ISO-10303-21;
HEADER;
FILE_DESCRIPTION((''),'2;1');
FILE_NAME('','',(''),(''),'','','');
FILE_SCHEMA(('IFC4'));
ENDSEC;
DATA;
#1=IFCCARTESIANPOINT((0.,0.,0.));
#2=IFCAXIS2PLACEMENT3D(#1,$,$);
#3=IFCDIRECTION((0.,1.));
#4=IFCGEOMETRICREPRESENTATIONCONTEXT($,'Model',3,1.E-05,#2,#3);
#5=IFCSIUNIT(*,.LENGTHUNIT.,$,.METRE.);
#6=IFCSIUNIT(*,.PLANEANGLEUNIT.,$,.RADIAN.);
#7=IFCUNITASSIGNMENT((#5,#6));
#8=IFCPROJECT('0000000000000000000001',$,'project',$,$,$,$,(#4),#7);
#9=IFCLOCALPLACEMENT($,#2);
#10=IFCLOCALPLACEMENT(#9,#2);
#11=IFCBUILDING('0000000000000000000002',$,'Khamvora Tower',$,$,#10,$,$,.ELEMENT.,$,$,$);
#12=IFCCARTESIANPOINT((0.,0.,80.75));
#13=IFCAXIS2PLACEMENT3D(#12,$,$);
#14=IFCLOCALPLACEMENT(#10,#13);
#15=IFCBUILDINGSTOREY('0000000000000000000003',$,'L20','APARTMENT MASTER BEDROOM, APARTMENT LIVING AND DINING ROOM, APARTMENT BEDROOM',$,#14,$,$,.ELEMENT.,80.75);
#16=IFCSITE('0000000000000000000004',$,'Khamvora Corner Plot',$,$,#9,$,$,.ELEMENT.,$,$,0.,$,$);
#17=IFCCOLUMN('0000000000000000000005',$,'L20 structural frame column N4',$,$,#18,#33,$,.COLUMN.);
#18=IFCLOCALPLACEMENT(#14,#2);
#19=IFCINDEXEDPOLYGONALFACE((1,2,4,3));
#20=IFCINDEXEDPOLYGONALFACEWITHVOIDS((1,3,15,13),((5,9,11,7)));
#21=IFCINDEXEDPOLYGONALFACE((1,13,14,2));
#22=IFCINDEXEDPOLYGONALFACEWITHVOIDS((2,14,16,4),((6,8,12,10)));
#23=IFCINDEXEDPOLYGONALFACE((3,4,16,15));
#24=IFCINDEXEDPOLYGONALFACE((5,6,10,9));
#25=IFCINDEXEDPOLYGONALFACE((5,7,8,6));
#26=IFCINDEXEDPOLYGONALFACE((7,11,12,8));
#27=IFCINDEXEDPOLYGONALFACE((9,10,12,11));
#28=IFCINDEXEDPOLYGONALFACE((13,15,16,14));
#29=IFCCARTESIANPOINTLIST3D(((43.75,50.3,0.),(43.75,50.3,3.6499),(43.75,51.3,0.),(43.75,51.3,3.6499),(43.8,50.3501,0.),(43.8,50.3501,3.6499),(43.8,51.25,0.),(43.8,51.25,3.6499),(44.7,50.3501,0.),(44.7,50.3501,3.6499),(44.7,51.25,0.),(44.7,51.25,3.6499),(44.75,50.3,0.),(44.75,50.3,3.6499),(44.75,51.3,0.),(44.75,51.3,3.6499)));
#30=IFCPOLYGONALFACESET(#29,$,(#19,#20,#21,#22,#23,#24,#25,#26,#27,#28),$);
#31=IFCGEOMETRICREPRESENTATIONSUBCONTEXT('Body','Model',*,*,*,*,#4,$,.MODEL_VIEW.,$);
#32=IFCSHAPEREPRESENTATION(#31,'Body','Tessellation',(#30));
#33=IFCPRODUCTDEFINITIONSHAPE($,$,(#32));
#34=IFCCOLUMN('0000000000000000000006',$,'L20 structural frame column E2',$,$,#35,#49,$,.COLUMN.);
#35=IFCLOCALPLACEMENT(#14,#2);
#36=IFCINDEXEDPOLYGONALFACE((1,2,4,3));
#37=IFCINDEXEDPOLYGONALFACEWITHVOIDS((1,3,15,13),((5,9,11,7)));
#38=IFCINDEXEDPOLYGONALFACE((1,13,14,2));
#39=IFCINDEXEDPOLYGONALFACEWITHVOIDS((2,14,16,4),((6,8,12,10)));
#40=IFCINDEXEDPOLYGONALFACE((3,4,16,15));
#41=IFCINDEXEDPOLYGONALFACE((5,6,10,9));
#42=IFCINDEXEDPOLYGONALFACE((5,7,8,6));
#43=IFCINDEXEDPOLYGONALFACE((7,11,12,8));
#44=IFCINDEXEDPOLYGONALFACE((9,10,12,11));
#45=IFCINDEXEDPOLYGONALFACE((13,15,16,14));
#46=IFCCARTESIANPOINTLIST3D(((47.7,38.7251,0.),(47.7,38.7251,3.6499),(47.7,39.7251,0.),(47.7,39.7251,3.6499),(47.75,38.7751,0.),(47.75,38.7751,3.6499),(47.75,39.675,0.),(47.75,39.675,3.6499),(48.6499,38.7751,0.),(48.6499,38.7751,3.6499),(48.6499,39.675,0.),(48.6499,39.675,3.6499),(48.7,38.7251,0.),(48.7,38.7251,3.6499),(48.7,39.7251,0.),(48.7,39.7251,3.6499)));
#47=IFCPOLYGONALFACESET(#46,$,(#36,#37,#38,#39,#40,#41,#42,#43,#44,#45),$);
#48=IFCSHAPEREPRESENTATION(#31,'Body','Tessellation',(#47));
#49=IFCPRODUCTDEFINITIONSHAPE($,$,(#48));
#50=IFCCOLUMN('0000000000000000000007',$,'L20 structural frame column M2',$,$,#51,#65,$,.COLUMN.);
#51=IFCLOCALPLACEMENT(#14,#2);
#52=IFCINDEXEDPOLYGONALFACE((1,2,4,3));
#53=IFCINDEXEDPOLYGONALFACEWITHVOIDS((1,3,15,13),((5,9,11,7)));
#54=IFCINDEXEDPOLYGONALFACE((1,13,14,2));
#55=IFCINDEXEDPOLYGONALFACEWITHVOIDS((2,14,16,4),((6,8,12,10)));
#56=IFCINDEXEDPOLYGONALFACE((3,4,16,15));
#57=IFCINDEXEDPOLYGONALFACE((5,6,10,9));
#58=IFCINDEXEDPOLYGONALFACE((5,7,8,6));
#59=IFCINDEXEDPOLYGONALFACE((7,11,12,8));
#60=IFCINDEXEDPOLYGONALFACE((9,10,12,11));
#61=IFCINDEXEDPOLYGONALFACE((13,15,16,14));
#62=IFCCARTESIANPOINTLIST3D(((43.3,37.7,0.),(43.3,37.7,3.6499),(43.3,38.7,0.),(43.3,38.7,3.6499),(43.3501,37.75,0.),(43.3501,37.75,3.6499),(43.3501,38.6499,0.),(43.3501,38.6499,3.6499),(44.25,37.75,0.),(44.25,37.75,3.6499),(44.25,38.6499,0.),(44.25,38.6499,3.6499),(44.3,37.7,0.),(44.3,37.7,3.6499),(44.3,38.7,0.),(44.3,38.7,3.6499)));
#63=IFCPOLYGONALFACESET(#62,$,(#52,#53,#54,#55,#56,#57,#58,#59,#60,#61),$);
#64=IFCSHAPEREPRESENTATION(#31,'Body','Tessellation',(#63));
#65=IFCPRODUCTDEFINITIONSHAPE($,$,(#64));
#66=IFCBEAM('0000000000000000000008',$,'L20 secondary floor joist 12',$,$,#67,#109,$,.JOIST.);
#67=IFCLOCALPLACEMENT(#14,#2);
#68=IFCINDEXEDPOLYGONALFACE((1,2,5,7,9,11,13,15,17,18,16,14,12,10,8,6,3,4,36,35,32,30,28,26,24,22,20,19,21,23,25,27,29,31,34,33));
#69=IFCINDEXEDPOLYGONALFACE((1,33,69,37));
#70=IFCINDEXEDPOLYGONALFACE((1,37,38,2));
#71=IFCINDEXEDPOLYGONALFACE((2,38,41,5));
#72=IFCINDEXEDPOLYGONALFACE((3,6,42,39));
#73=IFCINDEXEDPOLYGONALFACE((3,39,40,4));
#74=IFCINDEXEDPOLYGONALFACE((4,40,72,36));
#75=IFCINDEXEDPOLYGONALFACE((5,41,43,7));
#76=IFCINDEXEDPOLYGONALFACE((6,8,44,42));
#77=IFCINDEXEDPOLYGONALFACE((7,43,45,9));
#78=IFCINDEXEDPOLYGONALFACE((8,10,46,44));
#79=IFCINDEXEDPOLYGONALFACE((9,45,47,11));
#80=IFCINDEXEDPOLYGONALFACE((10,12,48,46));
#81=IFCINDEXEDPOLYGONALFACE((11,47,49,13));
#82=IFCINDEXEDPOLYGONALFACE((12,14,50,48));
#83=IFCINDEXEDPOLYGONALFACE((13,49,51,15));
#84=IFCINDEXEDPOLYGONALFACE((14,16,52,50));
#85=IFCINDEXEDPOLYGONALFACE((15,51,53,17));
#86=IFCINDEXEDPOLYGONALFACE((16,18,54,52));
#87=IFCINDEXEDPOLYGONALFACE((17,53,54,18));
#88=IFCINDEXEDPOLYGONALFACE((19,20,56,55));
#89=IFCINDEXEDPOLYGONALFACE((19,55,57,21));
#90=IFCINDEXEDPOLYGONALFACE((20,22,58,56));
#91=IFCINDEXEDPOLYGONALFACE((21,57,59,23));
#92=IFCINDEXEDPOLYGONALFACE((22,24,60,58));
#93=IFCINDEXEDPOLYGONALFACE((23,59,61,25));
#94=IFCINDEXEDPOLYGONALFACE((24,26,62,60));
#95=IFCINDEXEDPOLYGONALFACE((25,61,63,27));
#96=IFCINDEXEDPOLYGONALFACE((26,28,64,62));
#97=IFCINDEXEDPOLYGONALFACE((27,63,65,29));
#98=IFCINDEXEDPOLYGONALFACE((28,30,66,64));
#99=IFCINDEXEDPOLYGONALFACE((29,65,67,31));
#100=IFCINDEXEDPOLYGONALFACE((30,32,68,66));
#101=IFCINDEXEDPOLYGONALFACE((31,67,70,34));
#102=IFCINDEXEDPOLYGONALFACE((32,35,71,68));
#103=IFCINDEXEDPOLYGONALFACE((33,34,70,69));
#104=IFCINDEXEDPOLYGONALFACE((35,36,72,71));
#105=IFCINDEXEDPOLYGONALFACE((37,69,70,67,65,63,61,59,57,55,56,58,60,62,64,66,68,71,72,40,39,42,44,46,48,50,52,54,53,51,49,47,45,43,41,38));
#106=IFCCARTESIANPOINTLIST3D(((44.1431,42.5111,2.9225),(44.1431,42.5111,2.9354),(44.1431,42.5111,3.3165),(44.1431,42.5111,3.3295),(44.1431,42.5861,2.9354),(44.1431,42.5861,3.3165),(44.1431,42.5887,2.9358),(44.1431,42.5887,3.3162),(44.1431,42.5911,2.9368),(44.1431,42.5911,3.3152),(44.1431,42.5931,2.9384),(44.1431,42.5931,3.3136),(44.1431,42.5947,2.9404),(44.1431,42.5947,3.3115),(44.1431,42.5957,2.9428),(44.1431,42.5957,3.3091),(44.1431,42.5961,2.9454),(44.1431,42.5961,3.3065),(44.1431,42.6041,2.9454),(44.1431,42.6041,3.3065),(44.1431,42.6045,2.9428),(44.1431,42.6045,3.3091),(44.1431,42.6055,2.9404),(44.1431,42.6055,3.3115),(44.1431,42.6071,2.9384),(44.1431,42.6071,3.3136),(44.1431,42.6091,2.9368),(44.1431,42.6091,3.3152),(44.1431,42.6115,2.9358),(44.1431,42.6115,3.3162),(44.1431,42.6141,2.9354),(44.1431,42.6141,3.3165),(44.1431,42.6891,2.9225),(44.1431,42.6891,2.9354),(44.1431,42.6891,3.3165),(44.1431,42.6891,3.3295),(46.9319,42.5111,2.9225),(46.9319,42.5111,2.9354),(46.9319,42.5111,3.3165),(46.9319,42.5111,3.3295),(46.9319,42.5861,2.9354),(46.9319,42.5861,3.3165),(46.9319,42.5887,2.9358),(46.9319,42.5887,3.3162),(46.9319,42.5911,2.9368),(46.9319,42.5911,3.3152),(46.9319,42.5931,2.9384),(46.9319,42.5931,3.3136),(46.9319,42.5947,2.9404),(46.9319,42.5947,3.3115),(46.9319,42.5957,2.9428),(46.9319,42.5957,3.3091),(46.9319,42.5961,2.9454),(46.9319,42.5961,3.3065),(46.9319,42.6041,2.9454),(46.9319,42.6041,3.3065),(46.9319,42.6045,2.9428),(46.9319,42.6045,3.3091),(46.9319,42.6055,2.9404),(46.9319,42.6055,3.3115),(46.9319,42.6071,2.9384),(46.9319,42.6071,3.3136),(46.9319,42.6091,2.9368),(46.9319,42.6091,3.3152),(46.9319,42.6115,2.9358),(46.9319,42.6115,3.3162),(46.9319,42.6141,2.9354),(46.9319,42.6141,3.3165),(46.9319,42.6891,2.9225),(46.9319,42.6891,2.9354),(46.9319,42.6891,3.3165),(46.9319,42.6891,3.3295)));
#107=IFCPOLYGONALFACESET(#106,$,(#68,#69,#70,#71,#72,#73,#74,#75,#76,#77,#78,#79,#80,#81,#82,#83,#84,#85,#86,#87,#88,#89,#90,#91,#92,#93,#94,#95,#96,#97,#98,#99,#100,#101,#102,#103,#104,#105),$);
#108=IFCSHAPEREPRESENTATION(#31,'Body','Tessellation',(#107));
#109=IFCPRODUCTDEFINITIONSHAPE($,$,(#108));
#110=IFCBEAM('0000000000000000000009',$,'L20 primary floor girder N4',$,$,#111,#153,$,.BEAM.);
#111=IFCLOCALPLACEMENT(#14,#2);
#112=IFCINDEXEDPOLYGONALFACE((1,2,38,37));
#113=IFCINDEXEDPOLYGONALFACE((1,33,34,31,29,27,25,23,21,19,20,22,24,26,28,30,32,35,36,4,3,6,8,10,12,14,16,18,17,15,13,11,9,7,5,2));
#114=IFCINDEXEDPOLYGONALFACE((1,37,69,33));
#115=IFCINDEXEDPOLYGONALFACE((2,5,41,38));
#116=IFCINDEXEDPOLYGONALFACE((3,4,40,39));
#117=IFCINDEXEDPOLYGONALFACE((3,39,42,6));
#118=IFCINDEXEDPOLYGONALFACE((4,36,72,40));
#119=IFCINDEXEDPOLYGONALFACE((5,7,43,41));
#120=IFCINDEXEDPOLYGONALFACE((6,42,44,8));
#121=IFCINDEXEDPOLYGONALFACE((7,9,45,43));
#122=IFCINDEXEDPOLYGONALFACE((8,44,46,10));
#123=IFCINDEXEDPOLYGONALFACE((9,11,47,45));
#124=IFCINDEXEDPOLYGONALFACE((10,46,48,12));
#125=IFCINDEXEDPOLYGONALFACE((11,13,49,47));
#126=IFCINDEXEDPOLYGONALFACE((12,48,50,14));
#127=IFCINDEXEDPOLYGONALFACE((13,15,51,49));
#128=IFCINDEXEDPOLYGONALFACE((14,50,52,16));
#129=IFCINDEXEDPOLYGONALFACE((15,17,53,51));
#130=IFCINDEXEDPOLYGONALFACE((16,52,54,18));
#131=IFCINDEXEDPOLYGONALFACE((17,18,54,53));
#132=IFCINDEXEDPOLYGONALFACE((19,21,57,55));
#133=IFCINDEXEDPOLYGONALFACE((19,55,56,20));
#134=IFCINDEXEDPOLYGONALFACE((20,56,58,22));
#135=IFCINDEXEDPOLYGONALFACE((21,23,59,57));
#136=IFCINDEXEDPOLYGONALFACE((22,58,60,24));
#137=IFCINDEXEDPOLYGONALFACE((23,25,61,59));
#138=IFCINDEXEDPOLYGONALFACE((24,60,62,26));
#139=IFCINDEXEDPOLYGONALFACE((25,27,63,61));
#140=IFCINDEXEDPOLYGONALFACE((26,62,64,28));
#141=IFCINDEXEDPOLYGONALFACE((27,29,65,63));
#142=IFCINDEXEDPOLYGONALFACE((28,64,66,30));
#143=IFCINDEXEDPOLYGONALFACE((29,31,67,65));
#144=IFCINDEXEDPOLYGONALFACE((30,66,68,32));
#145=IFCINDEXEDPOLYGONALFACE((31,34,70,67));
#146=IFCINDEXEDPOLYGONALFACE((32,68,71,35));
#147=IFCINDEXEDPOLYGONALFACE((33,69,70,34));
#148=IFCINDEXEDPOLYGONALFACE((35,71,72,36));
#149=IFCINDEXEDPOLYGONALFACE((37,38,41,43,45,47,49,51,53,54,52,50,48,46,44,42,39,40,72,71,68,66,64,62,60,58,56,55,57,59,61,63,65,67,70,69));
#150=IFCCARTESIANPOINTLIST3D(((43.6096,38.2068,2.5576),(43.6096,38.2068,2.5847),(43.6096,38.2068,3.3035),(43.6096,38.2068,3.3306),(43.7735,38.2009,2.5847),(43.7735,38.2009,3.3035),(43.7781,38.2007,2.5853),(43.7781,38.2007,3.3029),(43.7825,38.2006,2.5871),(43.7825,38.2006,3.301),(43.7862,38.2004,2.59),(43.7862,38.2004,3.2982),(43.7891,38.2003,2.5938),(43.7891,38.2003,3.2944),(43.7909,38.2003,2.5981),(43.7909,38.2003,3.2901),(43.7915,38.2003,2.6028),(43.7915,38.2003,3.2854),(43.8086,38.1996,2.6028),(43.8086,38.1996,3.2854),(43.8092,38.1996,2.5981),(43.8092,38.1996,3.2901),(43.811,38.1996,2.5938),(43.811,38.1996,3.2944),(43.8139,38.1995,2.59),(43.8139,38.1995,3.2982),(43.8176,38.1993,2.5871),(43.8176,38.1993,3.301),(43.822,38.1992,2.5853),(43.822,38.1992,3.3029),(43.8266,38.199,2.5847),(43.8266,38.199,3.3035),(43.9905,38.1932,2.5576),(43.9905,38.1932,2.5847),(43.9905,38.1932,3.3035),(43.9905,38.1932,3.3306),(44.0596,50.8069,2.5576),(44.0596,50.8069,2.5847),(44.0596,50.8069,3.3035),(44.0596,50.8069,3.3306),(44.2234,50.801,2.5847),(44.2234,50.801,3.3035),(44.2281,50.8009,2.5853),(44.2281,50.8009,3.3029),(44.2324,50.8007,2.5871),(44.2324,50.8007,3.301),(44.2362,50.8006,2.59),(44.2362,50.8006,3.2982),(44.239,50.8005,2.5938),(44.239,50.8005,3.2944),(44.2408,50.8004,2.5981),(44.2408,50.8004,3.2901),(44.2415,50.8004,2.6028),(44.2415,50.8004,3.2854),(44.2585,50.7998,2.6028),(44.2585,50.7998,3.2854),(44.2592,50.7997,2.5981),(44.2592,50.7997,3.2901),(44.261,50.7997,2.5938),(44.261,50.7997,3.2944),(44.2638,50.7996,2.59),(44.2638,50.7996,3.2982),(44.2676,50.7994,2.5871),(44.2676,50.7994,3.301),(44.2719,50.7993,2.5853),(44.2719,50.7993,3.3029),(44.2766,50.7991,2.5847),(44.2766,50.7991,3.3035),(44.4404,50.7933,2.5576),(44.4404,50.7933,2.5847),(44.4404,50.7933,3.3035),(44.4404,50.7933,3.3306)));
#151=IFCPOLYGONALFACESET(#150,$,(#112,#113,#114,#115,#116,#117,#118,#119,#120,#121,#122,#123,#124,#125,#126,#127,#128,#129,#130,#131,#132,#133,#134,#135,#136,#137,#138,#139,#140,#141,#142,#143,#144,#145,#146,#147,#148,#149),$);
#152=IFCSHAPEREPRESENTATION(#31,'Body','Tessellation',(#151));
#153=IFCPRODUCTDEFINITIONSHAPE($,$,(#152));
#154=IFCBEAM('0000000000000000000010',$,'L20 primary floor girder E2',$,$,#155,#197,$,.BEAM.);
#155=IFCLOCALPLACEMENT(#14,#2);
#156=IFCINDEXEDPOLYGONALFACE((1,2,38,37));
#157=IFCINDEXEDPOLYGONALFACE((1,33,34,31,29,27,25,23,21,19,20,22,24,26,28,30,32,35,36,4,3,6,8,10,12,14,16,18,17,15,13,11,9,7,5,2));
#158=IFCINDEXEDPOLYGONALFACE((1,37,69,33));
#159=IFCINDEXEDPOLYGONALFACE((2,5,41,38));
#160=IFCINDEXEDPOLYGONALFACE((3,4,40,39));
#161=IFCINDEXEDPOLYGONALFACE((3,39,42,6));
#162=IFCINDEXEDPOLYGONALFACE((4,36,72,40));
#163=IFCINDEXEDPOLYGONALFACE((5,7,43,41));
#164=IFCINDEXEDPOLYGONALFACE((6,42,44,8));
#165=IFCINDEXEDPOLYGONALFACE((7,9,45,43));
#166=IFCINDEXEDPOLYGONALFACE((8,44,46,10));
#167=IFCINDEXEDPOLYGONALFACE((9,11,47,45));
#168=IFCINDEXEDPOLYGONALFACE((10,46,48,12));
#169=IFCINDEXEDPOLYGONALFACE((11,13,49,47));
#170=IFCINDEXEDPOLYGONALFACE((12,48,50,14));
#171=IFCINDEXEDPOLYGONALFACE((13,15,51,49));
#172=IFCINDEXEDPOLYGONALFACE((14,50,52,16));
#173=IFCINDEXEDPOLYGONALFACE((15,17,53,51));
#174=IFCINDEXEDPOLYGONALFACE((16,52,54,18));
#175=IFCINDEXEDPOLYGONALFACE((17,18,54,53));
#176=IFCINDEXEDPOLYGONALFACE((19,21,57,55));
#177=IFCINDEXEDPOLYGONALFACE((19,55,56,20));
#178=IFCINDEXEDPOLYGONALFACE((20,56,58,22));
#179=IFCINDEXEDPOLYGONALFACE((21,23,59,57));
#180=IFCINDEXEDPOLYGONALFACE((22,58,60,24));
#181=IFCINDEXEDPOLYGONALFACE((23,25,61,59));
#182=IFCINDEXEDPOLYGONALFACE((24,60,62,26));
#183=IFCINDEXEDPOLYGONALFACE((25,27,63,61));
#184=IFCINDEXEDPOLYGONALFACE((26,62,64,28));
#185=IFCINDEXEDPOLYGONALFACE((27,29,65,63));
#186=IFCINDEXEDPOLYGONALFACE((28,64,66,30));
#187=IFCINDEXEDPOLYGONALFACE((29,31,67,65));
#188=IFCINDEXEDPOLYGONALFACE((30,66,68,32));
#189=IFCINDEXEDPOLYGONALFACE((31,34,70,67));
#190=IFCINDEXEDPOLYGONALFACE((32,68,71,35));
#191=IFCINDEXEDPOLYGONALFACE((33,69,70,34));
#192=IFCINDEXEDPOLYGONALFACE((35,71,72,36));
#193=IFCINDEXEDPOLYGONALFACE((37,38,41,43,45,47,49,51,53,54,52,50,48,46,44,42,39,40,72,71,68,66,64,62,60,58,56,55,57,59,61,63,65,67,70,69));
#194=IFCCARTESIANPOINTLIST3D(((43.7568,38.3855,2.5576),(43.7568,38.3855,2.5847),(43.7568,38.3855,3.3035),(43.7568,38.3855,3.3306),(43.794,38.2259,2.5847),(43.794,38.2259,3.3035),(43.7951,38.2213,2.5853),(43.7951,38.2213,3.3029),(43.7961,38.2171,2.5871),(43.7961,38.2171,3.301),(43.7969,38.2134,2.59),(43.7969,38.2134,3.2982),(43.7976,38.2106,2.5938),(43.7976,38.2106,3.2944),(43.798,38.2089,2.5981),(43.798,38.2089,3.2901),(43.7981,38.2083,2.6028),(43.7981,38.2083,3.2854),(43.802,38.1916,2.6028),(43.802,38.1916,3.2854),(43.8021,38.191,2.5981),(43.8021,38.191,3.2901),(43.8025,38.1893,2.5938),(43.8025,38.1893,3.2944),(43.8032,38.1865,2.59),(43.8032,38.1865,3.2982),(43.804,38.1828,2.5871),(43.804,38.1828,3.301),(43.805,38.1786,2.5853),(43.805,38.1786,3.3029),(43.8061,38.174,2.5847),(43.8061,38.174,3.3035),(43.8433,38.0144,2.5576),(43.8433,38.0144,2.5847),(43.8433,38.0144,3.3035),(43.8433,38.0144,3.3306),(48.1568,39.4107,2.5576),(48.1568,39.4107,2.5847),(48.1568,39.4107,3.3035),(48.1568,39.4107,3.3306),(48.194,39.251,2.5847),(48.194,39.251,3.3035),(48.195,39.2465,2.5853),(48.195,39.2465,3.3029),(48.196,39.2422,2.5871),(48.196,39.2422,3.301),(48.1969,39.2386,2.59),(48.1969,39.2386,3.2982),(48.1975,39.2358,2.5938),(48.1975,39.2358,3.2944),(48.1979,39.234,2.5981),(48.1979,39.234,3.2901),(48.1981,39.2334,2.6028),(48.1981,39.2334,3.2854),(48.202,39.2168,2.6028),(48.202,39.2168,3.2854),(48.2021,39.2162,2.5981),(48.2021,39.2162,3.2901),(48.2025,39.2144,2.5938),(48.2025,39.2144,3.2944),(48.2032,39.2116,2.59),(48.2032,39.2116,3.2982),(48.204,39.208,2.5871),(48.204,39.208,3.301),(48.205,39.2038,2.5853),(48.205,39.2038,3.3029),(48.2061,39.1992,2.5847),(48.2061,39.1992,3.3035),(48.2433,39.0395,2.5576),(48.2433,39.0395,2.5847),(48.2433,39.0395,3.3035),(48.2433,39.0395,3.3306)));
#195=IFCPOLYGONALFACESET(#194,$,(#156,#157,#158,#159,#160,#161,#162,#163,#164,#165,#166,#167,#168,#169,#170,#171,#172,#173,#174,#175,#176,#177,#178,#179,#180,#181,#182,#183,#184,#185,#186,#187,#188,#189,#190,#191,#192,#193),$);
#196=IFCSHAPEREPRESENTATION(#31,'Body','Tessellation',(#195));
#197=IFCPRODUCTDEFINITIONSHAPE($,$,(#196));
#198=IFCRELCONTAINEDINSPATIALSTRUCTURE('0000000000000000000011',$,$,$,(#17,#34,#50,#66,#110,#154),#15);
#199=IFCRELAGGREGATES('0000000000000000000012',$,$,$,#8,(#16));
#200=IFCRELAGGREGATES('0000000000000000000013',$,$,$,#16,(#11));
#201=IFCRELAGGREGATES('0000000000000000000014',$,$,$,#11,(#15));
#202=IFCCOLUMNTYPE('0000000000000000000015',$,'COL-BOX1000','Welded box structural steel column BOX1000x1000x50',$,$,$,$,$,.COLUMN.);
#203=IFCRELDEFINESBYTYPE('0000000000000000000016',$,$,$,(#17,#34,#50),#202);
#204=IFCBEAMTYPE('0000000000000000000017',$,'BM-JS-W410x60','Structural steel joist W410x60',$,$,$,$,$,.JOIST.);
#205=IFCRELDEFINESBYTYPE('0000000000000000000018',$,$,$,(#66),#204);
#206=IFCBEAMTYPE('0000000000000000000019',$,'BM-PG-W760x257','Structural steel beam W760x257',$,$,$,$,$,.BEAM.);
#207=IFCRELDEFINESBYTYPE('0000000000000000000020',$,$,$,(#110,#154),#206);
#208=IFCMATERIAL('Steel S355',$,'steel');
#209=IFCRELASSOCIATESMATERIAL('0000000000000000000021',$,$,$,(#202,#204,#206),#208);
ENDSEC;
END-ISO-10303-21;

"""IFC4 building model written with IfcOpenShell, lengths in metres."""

from ifc_helpers import new_model, si_unit, direction, frame, origin, origin_2d, place, context, subcontext, project, spatial, hollow_rectangle, i_section, extrude, material, material_profile, profile_set, type_object, element, save


model = new_model("IFC4")

# Units and contexts
model_context = context("Model", 3, precision=1e-05, world=origin(), true_north=direction((0.0, 1.0)))
body_context = subcontext(model_context, "Body", "Model", "MODEL_VIEW")
ifc_project = project(units=[si_unit("LENGTHUNIT", "METRE"), si_unit("PLANEANGLEUNIT", "RADIAN")], contexts=[model_context])

# Site, building, storey
site_placement = place(None, origin())
site = spatial("IfcSite", under=ifc_project, at=site_placement, Name="Khamvora Corner Plot", CompositionType="ELEMENT", RefElevation=0.0)
building_placement = place(site_placement, origin())
building = spatial("IfcBuilding", under=site, at=building_placement, Name="Khamvora Tower", CompositionType="ELEMENT")
storey_placement = place(building_placement, frame((0.0, 0.0, 80.75)))
storey = spatial("IfcBuildingStorey", under=building, at=storey_placement, Name="L20", Description="APARTMENT MASTER BEDROOM, APARTMENT LIVING AND DINING ROOM, APARTMENT BEDROOM", CompositionType="ELEMENT", Elevation=80.75)

# Columns
ifc_material_1 = material(Name="Steel S355", Category="steel")
ifc_material_profile_1 = material_profile(ifc_material_1, hollow_rectangle(XDim=1.0, YDim=1.0, WallThickness=0.05, at=origin_2d()), Name="BOX1000x1000x50")
ifc_profile_set_1 = profile_set([ifc_material_profile_1], Name="Steel S355")
column_type = type_object("IfcColumnType", Name="COL-BOX1000", Description="Welded box structural steel column BOX1000x1000x50", PredefinedType="COLUMN", material=ifc_profile_set_1)
for number, where, z_axis, x_axis, name in (
    (1, (44.25, 50.8, 0.0), (0.0, 0.0, 1.0), (1.0, 0.0, 0.0), "L20 structural frame column N4"),
    (2, (48.2, 39.2251, 0.0), (0.0, 0.0, 1.0), (1.0, 0.0, 0.0), "L20 structural frame column E2"),
    (3, (43.8, 38.2, 0.0), (0.0, 0.0, 1.0), (1.0, 0.0, 0.0), "L20 structural frame column M2"),
):
    element("IfcColumn", number, at=place(storey_placement, frame(where, z_axis=z_axis, x_axis=x_axis)), inside=storey, type_object=column_type, Name=name, PredefinedType="COLUMN", context=body_context, shape_type="SweptSolid", body=[
        extrude(hollow_rectangle(XDim=1.0, YDim=1.0, WallThickness=0.05, at=origin_2d()), origin(), (0.0, 0.0, 1.0), 3.6499),
    ])

# Beams
ifc_material_profile_2 = material_profile(ifc_material_1, i_section(OverallWidth=0.178, OverallDepth=0.407, WebThickness=0.0081, FlangeThickness=0.0129, FilletRadius=0.01, at=origin_2d()), Name="W410x60")
ifc_profile_set_2 = profile_set([ifc_material_profile_2], Name="Steel S355")
beam_type_1 = type_object("IfcBeamType", Name="BM-JS-W410x60", Description="Structural steel joist W410x60", PredefinedType="JOIST", material=ifc_profile_set_2)
beam_1_placement = place(storey_placement, frame((44.1431, 42.6001, 3.126), z_axis=(1.0, 0.0, 0.0), x_axis=(0.0, 1.0, 0.0)))
element("IfcBeam", 4, at=beam_1_placement, inside=storey, type_object=beam_type_1, Name="L20 secondary floor joist 12", PredefinedType="JOIST", context=body_context, shape_type="SweptSolid", body=[
    extrude(i_section(OverallWidth=0.178, OverallDepth=0.407, WebThickness=0.0081, FlangeThickness=0.0129, FilletRadius=0.01, at=origin_2d()), origin(), (0.0, 0.0, 1.0), 2.7888),
])
ifc_material_profile_3 = material_profile(ifc_material_1, i_section(OverallWidth=0.3811, OverallDepth=0.7729, WebThickness=0.0171, FlangeThickness=0.0271, FilletRadius=0.0181, at=origin_2d()), Name="W760x257")
ifc_profile_set_3 = profile_set([ifc_material_profile_3], Name="Steel S355")
beam_type_2 = type_object("IfcBeamType", Name="BM-PG-W760x257", Description="Structural steel beam W760x257", PredefinedType="BEAM", material=ifc_profile_set_3)
beam_2_placement = place(storey_placement, frame((43.8, 38.2, 2.9441), z_axis=(0.035687, 0.999363, 0.0), x_axis=(-0.999363, 0.035687, 0.0)))
element("IfcBeam", 5, at=beam_2_placement, inside=storey, type_object=beam_type_2, Name="L20 primary floor girder N4", PredefinedType="BEAM", context=body_context, shape_type="SweptSolid", body=[
    extrude(i_section(OverallWidth=0.3811, OverallDepth=0.7729, WebThickness=0.0171, FlangeThickness=0.0271, FilletRadius=0.0181, at=origin_2d()), origin(), (0.0, 0.0, 1.0), 12.6082),
])
beam_3_placement = place(storey_placement, frame((43.8, 38.2, 2.9441), z_axis=(0.973915, 0.226915, 0.0), x_axis=(-0.226915, 0.973915, 0.0)))
element("IfcBeam", 6, at=beam_3_placement, inside=storey, type_object=beam_type_2, Name="L20 primary floor girder E2", PredefinedType="BEAM", context=body_context, shape_type="SweptSolid", body=[
    extrude(i_section(OverallWidth=0.3811, OverallDepth=0.7729, WebThickness=0.0171, FlangeThickness=0.0271, FilletRadius=0.0181, at=origin_2d()), origin(), (0.0, 0.0, 1.0), 4.5178),
])

save(model, "model.ifc")
